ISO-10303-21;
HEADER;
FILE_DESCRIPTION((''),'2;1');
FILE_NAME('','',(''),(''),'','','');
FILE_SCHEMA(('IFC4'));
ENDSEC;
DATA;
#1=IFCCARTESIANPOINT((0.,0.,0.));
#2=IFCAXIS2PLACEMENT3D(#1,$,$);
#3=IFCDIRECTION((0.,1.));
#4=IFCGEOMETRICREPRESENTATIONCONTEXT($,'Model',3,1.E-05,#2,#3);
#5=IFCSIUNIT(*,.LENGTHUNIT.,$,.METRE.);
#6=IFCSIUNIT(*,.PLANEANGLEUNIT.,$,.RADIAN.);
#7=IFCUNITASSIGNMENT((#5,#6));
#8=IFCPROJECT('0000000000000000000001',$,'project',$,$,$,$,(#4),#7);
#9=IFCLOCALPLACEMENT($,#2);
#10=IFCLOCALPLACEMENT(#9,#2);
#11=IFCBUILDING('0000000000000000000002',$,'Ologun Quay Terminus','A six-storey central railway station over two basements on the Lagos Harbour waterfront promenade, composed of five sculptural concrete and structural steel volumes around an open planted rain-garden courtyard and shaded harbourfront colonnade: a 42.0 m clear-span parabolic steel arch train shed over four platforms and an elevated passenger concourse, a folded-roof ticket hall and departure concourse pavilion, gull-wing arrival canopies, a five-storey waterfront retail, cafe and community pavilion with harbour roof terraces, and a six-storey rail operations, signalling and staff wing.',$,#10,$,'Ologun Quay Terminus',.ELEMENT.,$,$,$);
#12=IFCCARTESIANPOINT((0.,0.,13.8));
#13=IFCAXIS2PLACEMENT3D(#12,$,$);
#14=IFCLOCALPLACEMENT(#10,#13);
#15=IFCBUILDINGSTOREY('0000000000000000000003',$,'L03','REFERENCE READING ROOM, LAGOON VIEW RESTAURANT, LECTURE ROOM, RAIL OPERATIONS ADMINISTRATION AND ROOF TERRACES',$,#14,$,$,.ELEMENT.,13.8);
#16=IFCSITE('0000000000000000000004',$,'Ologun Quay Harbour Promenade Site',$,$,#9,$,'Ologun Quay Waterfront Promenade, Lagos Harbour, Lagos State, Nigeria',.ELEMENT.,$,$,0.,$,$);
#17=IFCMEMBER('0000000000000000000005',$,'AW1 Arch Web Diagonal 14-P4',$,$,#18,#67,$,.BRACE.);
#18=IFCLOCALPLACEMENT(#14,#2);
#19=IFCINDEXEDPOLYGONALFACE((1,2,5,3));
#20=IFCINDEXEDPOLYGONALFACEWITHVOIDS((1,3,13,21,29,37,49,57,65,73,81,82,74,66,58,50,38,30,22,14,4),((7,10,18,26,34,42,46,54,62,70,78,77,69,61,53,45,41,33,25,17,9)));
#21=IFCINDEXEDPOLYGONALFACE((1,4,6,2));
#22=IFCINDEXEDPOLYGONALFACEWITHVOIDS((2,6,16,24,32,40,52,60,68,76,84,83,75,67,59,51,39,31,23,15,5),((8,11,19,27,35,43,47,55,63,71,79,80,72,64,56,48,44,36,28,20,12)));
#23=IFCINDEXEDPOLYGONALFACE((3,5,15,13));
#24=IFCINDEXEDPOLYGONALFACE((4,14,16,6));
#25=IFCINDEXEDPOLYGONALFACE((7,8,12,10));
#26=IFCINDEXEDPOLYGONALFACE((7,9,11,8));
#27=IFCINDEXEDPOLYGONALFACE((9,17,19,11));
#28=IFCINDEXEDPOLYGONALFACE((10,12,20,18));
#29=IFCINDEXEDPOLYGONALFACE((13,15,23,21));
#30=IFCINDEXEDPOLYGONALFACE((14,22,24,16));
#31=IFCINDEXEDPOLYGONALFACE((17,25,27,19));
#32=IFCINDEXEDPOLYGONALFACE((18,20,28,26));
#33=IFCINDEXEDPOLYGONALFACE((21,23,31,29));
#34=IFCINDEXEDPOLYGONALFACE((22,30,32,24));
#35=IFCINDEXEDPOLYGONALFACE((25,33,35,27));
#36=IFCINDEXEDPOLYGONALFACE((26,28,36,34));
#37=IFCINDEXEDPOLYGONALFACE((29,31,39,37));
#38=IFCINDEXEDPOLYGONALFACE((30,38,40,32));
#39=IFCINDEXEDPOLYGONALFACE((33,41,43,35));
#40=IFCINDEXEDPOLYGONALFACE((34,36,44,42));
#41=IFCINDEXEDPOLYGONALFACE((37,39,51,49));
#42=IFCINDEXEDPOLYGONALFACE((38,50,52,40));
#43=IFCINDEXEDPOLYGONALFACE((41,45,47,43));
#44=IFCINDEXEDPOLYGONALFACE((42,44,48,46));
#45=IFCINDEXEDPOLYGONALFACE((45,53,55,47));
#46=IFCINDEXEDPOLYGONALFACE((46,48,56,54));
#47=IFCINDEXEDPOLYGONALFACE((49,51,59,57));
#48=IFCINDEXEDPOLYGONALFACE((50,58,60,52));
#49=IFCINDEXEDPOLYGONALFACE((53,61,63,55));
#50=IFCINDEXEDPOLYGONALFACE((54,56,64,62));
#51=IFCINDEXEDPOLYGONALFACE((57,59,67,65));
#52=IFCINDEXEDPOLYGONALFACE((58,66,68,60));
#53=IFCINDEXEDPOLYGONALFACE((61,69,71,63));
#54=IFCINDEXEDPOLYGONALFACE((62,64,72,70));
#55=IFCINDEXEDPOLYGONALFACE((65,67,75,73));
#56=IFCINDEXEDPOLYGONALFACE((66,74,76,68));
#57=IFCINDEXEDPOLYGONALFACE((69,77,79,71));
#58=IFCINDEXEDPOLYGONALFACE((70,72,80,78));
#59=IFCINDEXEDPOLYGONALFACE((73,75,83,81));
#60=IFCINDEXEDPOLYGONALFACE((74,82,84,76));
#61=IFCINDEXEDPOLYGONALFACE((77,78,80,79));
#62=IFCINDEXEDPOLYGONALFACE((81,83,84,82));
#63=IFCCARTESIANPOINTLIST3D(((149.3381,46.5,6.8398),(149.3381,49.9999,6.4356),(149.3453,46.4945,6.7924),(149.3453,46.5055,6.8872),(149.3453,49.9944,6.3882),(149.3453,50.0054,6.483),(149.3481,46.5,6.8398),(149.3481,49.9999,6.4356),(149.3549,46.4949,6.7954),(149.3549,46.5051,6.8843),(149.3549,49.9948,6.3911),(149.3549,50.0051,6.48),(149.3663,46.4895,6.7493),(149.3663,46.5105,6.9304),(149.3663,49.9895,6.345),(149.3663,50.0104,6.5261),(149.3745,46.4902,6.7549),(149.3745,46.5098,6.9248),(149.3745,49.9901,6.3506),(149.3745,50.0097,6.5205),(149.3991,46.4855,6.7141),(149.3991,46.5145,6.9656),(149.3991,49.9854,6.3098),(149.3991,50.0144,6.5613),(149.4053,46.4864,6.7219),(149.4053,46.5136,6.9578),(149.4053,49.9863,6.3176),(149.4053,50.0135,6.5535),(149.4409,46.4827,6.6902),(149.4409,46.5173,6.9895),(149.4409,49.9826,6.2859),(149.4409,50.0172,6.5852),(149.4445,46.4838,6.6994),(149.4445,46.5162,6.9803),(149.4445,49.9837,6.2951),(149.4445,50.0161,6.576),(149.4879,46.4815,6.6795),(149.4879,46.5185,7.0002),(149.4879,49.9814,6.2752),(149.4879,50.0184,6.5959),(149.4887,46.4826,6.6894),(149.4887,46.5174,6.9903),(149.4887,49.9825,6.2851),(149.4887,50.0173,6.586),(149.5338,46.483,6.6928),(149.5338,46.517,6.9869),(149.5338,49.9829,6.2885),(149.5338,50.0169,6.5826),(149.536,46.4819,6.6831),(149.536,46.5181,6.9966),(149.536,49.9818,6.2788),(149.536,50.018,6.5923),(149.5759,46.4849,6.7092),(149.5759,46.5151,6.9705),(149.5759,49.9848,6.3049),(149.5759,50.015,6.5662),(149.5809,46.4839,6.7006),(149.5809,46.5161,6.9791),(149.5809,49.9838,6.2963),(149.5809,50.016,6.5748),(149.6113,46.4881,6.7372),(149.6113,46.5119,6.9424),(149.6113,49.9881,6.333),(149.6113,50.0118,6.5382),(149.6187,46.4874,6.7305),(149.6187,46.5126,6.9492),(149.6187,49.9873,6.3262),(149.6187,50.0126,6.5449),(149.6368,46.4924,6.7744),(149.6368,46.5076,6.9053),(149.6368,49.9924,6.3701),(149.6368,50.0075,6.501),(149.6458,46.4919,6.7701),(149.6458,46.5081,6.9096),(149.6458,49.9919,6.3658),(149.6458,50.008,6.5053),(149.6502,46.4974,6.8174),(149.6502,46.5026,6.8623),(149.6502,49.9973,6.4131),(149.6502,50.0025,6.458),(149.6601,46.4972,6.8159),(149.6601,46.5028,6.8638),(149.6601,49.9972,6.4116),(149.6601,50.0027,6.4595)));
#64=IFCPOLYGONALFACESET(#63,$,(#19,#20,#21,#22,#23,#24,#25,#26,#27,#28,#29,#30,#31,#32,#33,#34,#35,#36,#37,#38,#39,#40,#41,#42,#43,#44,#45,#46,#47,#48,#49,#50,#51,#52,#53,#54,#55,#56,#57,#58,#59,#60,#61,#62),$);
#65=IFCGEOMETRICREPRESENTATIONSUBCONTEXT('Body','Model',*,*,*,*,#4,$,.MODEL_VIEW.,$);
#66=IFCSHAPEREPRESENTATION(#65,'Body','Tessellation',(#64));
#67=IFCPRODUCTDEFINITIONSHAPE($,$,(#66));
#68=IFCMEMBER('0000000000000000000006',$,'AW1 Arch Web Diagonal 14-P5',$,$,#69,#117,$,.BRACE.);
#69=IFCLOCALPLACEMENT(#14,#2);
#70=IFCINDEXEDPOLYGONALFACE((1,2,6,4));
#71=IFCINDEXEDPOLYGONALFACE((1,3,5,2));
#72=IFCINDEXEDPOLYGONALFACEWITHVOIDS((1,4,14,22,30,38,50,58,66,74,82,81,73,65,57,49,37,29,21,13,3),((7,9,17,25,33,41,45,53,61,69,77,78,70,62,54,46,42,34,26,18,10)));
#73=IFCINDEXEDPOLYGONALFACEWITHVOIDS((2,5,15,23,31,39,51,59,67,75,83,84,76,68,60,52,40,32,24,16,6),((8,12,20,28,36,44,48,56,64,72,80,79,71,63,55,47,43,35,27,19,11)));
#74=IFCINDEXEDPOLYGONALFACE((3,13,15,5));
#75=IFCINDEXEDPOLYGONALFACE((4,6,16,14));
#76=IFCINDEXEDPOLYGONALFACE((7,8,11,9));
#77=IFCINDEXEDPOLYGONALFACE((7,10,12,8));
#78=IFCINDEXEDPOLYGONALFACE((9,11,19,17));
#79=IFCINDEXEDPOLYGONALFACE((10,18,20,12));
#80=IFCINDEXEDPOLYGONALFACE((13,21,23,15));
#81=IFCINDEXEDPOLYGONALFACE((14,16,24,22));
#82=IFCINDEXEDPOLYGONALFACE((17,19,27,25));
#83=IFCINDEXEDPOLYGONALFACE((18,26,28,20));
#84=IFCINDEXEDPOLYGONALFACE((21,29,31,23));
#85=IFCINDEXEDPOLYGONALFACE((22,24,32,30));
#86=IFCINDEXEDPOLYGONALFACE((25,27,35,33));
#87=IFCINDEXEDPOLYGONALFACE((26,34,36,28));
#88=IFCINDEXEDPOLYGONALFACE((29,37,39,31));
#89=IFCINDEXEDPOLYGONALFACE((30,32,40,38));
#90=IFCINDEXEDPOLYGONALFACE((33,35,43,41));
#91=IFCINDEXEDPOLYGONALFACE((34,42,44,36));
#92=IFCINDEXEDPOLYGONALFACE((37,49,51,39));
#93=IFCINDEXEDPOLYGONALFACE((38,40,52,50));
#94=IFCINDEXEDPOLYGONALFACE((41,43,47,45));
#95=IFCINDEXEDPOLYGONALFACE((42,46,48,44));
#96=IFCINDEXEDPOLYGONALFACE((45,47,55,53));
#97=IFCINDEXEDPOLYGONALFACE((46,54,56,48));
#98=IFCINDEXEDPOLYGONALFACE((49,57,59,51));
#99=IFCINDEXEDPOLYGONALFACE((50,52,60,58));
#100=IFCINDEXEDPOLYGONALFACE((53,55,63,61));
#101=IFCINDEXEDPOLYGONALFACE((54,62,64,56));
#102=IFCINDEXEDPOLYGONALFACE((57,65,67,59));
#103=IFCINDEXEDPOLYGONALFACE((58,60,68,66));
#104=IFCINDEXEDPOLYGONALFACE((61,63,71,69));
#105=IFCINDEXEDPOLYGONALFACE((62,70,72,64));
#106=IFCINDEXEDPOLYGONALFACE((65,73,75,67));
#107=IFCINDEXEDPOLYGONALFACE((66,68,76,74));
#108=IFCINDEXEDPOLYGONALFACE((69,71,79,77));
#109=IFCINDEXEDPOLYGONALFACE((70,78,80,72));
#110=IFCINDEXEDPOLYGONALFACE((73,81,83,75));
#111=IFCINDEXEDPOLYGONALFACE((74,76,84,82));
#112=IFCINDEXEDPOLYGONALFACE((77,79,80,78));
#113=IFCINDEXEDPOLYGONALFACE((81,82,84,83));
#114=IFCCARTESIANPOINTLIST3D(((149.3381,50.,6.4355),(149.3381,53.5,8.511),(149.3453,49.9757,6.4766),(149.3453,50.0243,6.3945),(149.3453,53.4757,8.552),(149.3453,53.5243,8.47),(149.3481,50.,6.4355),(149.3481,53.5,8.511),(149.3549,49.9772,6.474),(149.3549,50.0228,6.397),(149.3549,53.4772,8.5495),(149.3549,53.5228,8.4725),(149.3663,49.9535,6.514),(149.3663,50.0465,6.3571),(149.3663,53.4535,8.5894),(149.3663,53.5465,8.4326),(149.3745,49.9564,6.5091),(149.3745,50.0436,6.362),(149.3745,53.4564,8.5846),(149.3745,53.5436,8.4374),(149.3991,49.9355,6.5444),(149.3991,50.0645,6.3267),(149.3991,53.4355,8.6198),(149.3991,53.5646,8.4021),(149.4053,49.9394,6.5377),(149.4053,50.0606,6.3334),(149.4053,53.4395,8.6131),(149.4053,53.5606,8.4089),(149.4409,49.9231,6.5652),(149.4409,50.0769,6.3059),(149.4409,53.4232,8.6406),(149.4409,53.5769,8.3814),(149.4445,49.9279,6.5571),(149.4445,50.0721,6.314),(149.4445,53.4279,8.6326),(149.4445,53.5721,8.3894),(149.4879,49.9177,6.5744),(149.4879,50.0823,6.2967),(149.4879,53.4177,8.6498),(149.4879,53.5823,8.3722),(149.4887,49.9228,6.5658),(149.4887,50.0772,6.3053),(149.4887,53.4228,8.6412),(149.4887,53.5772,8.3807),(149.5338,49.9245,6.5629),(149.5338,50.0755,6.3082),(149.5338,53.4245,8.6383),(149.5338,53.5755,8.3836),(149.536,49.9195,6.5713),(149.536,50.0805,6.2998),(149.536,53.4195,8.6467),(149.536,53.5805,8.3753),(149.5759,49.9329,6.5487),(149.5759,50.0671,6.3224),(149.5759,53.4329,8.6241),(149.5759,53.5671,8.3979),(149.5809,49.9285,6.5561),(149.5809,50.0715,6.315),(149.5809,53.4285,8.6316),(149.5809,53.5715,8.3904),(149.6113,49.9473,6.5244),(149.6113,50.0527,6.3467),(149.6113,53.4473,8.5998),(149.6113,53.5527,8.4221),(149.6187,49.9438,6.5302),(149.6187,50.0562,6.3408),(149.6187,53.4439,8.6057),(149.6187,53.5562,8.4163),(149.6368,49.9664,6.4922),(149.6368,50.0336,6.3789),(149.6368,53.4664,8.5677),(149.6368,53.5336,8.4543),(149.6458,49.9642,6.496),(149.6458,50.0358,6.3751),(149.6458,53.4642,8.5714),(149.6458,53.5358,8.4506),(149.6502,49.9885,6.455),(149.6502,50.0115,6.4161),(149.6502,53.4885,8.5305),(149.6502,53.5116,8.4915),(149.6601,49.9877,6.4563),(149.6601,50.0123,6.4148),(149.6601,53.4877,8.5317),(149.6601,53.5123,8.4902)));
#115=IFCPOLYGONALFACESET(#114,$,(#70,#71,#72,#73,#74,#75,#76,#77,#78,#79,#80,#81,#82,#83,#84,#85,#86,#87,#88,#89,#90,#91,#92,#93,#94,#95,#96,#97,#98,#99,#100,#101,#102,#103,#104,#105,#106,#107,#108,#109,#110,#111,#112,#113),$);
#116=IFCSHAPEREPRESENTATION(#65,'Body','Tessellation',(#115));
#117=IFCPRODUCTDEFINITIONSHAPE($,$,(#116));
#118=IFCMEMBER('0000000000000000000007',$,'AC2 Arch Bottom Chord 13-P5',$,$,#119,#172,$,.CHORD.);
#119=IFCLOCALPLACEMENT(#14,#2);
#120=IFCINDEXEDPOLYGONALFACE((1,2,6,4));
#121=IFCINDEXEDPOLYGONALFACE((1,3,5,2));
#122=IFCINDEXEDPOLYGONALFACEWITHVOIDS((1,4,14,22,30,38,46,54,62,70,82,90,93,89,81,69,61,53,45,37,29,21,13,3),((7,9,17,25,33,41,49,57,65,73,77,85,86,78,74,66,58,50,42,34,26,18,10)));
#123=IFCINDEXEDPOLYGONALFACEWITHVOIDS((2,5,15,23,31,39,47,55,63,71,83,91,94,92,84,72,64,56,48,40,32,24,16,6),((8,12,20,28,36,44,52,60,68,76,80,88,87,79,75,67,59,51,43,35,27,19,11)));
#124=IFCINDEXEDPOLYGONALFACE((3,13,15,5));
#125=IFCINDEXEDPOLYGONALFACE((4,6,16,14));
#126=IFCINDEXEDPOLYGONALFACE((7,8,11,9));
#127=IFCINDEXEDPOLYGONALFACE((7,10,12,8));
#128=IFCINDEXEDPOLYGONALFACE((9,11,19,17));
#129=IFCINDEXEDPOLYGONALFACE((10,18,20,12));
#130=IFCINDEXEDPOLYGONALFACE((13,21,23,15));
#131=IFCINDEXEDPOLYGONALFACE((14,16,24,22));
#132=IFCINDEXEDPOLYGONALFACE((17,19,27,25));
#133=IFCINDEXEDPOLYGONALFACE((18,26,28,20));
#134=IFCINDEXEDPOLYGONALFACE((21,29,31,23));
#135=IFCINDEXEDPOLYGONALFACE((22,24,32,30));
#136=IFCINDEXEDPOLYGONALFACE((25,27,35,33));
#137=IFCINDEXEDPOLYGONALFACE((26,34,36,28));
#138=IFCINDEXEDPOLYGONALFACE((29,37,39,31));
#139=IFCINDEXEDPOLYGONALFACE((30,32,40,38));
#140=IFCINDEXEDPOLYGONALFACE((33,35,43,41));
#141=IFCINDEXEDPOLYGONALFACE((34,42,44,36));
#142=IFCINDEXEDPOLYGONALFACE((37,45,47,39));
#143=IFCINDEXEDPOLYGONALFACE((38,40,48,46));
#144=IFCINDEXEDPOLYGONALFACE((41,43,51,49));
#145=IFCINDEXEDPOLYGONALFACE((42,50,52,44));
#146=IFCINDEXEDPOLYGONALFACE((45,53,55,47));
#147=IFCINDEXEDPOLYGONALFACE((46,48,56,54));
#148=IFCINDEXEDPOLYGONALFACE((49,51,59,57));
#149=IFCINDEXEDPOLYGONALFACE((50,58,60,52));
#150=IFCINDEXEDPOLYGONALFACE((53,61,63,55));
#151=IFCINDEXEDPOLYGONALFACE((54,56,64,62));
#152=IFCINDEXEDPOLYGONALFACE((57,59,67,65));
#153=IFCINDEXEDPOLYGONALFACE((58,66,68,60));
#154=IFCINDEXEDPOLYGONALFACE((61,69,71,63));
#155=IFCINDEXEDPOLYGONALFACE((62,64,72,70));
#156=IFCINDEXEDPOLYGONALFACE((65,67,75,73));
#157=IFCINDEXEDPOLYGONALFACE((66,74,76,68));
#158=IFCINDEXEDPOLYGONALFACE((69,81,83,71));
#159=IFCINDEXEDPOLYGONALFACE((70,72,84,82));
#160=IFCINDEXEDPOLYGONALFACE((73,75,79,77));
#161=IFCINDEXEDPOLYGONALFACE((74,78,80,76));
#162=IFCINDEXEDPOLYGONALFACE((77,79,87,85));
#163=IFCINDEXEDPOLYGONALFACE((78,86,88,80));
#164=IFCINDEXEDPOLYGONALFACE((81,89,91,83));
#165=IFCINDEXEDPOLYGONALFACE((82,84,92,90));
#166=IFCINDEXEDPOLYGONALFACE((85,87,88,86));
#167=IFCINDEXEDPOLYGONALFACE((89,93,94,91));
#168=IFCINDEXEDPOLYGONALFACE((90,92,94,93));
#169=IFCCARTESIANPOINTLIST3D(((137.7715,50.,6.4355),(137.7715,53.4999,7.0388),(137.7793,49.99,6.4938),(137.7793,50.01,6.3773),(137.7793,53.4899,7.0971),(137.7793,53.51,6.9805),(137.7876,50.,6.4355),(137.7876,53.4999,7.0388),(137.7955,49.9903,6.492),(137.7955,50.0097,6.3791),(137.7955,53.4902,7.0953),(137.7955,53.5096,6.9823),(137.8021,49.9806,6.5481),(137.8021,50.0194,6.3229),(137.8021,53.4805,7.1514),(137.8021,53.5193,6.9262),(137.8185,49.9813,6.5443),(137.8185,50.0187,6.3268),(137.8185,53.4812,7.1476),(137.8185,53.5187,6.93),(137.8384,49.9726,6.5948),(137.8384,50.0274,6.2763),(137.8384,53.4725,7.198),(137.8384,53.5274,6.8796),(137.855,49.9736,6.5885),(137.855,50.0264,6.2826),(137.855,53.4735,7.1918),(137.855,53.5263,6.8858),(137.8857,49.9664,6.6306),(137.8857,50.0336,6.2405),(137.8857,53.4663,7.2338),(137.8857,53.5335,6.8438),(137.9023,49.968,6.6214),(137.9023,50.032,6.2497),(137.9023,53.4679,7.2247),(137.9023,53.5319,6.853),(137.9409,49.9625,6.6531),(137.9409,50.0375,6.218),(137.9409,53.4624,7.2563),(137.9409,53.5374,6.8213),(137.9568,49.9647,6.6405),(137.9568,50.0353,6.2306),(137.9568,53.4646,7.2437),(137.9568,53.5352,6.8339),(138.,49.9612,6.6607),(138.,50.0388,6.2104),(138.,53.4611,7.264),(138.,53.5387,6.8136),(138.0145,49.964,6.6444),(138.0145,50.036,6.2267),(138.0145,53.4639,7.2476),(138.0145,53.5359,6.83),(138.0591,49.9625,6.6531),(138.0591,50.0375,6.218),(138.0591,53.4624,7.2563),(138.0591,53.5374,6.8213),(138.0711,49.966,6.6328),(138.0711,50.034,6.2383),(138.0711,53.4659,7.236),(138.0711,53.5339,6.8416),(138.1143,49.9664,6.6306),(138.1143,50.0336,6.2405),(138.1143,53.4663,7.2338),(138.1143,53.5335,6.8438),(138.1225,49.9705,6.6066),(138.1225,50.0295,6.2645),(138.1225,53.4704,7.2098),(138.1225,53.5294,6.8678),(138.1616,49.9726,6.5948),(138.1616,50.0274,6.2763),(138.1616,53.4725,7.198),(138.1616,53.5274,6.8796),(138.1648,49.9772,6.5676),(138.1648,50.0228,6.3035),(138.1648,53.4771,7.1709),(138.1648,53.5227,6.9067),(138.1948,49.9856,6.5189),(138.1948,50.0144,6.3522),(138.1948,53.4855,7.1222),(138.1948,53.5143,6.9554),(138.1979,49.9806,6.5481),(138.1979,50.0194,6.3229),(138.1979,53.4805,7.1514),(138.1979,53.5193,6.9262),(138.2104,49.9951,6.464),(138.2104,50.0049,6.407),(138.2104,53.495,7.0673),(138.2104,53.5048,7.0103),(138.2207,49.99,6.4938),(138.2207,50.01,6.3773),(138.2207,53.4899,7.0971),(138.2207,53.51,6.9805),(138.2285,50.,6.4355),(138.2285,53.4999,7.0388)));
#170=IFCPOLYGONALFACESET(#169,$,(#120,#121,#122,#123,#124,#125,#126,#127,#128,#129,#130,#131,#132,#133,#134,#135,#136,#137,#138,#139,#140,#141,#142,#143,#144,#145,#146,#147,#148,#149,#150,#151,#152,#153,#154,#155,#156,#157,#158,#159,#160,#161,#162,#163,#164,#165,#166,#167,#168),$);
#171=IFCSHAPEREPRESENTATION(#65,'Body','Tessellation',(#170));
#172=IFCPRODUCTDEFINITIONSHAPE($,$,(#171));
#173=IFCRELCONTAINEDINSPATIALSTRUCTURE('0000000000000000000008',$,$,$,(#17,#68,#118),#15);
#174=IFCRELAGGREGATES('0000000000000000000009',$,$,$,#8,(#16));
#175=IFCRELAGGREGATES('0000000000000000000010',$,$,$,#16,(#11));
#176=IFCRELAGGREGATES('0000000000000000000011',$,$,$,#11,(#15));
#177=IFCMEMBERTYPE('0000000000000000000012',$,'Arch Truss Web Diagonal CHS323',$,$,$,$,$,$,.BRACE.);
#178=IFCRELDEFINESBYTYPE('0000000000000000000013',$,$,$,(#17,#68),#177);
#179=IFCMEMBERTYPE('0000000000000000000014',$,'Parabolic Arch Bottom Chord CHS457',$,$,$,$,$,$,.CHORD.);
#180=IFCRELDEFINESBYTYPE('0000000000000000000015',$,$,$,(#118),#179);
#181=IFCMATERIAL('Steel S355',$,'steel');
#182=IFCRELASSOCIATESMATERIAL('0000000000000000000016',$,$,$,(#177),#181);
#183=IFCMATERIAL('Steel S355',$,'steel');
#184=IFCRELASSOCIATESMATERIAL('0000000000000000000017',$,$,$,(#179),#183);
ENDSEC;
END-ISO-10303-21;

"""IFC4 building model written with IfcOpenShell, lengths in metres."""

from ifc_helpers import new_model, si_unit, direction, frame, origin, origin_2d, place, context, subcontext, project, spatial, hollow_circle, extrude, material, material_profile, profile_set, type_object, element, save


model = new_model("IFC4")

# Units and contexts
model_context = context("Model", 3, precision=1e-05, world=origin(), true_north=direction((0.0, 1.0)))
body_context = subcontext(model_context, "Body", "Model", "MODEL_VIEW")
ifc_project = project(units=[si_unit("LENGTHUNIT", "METRE"), si_unit("PLANEANGLEUNIT", "RADIAN")], contexts=[model_context])

# Site, building, storey
site_placement = place(None, origin())
site = spatial("IfcSite", under=ifc_project, at=site_placement, Name="Ologun Quay Harbour Promenade Site", LongName="Ologun Quay Waterfront Promenade, Lagos Harbour, Lagos State, Nigeria", CompositionType="ELEMENT", RefElevation=0.0)
building_placement = place(site_placement, origin())
building = spatial("IfcBuilding", under=site, at=building_placement, Name="Ologun Quay Terminus", Description="A six-storey central railway station over two basements on the Lagos Harbour waterfront promenade, composed of five sculptural concrete and structural steel volumes around an open planted rain-garden courtyard and shaded harbourfront colonnade: a 42.0 m clear-span parabolic steel arch train shed over four platforms and an elevated passenger concourse, a folded-roof ticket hall and departure concourse pavilion, gull-wing arrival canopies, a five-storey waterfront retail, cafe and community pavilion with harbour roof terraces, and a six-storey rail operations, signalling and staff wing.", LongName="Ologun Quay Terminus", CompositionType="ELEMENT")
storey_placement = place(building_placement, frame((0.0, 0.0, 13.8)))
storey = spatial("IfcBuildingStorey", under=building, at=storey_placement, Name="L03", Description="REFERENCE READING ROOM, LAGOON VIEW RESTAURANT, LECTURE ROOM, RAIL OPERATIONS ADMINISTRATION AND ROOF TERRACES", CompositionType="ELEMENT", Elevation=13.8)

# Members
ifc_material_1 = material(Name="Steel S355", Category="steel")
ifc_material_profile_1 = material_profile(ifc_material_1, hollow_circle(Radius=0.1619, WallThickness=0.01, at=origin_2d()), Name="CHS 323.9x10")
ifc_profile_set_1 = profile_set([ifc_material_profile_1], Name="Steel S355")
member_type_1 = type_object("IfcMemberType", Name="Arch Truss Web Diagonal CHS323", PredefinedType="BRACE", material=ifc_profile_set_1)
member_1_placement = place(storey_placement, frame((149.5, 46.5, 6.8398), z_axis=(0.0, 0.993394, -0.11475), x_axis=(-1.0, 0.0, 0.0)))
element("IfcMember", 1, at=member_1_placement, inside=storey, type_object=member_type_1, Name="AW1 Arch Web Diagonal 14-P4", PredefinedType="BRACE", context=body_context, shape_type="SweptSolid", body=[
    extrude(hollow_circle(Radius=0.1619, WallThickness=0.01, at=origin_2d()), origin(), (0.0, 0.0, 1.0), 3.5232),
])
member_2_placement = place(storey_placement, frame((149.5, 50.0, 6.4355), z_axis=(0.0, 0.860144, 0.510051), x_axis=(-1.0, 0.0, 0.0)))
element("IfcMember", 2, at=member_2_placement, inside=storey, type_object=member_type_1, Name="AW1 Arch Web Diagonal 14-P5", PredefinedType="BRACE", context=body_context, shape_type="SweptSolid", body=[
    extrude(hollow_circle(Radius=0.1619, WallThickness=0.01, at=origin_2d()), origin(), (0.0, 0.0, 1.0), 4.0691),
])
ifc_material_2 = material(Name="Steel S355", Category="steel")
ifc_material_profile_2 = material_profile(ifc_material_2, hollow_circle(Radius=0.2285, WallThickness=0.0161, at=origin_2d()), Name="CHS 457x16")
ifc_profile_set_2 = profile_set([ifc_material_profile_2], Name="Steel S355")
member_type_2 = type_object("IfcMemberType", Name="Parabolic Arch Bottom Chord CHS457", PredefinedType="CHORD", material=ifc_profile_set_2)
member_3_placement = place(storey_placement, frame((138.0, 50.0, 6.4355), z_axis=(0.0, 0.985468, 0.169859), x_axis=(-1.0, 0.0, 0.0)))
element("IfcMember", 3, at=member_3_placement, inside=storey, type_object=member_type_2, Name="AC2 Arch Bottom Chord 13-P5", PredefinedType="CHORD", context=body_context, shape_type="SweptSolid", body=[
    extrude(hollow_circle(Radius=0.2285, WallThickness=0.0161, at=origin_2d()), origin(), (0.0, 0.0, 1.0), 3.5515),
])

save(model, "model.ifc")
